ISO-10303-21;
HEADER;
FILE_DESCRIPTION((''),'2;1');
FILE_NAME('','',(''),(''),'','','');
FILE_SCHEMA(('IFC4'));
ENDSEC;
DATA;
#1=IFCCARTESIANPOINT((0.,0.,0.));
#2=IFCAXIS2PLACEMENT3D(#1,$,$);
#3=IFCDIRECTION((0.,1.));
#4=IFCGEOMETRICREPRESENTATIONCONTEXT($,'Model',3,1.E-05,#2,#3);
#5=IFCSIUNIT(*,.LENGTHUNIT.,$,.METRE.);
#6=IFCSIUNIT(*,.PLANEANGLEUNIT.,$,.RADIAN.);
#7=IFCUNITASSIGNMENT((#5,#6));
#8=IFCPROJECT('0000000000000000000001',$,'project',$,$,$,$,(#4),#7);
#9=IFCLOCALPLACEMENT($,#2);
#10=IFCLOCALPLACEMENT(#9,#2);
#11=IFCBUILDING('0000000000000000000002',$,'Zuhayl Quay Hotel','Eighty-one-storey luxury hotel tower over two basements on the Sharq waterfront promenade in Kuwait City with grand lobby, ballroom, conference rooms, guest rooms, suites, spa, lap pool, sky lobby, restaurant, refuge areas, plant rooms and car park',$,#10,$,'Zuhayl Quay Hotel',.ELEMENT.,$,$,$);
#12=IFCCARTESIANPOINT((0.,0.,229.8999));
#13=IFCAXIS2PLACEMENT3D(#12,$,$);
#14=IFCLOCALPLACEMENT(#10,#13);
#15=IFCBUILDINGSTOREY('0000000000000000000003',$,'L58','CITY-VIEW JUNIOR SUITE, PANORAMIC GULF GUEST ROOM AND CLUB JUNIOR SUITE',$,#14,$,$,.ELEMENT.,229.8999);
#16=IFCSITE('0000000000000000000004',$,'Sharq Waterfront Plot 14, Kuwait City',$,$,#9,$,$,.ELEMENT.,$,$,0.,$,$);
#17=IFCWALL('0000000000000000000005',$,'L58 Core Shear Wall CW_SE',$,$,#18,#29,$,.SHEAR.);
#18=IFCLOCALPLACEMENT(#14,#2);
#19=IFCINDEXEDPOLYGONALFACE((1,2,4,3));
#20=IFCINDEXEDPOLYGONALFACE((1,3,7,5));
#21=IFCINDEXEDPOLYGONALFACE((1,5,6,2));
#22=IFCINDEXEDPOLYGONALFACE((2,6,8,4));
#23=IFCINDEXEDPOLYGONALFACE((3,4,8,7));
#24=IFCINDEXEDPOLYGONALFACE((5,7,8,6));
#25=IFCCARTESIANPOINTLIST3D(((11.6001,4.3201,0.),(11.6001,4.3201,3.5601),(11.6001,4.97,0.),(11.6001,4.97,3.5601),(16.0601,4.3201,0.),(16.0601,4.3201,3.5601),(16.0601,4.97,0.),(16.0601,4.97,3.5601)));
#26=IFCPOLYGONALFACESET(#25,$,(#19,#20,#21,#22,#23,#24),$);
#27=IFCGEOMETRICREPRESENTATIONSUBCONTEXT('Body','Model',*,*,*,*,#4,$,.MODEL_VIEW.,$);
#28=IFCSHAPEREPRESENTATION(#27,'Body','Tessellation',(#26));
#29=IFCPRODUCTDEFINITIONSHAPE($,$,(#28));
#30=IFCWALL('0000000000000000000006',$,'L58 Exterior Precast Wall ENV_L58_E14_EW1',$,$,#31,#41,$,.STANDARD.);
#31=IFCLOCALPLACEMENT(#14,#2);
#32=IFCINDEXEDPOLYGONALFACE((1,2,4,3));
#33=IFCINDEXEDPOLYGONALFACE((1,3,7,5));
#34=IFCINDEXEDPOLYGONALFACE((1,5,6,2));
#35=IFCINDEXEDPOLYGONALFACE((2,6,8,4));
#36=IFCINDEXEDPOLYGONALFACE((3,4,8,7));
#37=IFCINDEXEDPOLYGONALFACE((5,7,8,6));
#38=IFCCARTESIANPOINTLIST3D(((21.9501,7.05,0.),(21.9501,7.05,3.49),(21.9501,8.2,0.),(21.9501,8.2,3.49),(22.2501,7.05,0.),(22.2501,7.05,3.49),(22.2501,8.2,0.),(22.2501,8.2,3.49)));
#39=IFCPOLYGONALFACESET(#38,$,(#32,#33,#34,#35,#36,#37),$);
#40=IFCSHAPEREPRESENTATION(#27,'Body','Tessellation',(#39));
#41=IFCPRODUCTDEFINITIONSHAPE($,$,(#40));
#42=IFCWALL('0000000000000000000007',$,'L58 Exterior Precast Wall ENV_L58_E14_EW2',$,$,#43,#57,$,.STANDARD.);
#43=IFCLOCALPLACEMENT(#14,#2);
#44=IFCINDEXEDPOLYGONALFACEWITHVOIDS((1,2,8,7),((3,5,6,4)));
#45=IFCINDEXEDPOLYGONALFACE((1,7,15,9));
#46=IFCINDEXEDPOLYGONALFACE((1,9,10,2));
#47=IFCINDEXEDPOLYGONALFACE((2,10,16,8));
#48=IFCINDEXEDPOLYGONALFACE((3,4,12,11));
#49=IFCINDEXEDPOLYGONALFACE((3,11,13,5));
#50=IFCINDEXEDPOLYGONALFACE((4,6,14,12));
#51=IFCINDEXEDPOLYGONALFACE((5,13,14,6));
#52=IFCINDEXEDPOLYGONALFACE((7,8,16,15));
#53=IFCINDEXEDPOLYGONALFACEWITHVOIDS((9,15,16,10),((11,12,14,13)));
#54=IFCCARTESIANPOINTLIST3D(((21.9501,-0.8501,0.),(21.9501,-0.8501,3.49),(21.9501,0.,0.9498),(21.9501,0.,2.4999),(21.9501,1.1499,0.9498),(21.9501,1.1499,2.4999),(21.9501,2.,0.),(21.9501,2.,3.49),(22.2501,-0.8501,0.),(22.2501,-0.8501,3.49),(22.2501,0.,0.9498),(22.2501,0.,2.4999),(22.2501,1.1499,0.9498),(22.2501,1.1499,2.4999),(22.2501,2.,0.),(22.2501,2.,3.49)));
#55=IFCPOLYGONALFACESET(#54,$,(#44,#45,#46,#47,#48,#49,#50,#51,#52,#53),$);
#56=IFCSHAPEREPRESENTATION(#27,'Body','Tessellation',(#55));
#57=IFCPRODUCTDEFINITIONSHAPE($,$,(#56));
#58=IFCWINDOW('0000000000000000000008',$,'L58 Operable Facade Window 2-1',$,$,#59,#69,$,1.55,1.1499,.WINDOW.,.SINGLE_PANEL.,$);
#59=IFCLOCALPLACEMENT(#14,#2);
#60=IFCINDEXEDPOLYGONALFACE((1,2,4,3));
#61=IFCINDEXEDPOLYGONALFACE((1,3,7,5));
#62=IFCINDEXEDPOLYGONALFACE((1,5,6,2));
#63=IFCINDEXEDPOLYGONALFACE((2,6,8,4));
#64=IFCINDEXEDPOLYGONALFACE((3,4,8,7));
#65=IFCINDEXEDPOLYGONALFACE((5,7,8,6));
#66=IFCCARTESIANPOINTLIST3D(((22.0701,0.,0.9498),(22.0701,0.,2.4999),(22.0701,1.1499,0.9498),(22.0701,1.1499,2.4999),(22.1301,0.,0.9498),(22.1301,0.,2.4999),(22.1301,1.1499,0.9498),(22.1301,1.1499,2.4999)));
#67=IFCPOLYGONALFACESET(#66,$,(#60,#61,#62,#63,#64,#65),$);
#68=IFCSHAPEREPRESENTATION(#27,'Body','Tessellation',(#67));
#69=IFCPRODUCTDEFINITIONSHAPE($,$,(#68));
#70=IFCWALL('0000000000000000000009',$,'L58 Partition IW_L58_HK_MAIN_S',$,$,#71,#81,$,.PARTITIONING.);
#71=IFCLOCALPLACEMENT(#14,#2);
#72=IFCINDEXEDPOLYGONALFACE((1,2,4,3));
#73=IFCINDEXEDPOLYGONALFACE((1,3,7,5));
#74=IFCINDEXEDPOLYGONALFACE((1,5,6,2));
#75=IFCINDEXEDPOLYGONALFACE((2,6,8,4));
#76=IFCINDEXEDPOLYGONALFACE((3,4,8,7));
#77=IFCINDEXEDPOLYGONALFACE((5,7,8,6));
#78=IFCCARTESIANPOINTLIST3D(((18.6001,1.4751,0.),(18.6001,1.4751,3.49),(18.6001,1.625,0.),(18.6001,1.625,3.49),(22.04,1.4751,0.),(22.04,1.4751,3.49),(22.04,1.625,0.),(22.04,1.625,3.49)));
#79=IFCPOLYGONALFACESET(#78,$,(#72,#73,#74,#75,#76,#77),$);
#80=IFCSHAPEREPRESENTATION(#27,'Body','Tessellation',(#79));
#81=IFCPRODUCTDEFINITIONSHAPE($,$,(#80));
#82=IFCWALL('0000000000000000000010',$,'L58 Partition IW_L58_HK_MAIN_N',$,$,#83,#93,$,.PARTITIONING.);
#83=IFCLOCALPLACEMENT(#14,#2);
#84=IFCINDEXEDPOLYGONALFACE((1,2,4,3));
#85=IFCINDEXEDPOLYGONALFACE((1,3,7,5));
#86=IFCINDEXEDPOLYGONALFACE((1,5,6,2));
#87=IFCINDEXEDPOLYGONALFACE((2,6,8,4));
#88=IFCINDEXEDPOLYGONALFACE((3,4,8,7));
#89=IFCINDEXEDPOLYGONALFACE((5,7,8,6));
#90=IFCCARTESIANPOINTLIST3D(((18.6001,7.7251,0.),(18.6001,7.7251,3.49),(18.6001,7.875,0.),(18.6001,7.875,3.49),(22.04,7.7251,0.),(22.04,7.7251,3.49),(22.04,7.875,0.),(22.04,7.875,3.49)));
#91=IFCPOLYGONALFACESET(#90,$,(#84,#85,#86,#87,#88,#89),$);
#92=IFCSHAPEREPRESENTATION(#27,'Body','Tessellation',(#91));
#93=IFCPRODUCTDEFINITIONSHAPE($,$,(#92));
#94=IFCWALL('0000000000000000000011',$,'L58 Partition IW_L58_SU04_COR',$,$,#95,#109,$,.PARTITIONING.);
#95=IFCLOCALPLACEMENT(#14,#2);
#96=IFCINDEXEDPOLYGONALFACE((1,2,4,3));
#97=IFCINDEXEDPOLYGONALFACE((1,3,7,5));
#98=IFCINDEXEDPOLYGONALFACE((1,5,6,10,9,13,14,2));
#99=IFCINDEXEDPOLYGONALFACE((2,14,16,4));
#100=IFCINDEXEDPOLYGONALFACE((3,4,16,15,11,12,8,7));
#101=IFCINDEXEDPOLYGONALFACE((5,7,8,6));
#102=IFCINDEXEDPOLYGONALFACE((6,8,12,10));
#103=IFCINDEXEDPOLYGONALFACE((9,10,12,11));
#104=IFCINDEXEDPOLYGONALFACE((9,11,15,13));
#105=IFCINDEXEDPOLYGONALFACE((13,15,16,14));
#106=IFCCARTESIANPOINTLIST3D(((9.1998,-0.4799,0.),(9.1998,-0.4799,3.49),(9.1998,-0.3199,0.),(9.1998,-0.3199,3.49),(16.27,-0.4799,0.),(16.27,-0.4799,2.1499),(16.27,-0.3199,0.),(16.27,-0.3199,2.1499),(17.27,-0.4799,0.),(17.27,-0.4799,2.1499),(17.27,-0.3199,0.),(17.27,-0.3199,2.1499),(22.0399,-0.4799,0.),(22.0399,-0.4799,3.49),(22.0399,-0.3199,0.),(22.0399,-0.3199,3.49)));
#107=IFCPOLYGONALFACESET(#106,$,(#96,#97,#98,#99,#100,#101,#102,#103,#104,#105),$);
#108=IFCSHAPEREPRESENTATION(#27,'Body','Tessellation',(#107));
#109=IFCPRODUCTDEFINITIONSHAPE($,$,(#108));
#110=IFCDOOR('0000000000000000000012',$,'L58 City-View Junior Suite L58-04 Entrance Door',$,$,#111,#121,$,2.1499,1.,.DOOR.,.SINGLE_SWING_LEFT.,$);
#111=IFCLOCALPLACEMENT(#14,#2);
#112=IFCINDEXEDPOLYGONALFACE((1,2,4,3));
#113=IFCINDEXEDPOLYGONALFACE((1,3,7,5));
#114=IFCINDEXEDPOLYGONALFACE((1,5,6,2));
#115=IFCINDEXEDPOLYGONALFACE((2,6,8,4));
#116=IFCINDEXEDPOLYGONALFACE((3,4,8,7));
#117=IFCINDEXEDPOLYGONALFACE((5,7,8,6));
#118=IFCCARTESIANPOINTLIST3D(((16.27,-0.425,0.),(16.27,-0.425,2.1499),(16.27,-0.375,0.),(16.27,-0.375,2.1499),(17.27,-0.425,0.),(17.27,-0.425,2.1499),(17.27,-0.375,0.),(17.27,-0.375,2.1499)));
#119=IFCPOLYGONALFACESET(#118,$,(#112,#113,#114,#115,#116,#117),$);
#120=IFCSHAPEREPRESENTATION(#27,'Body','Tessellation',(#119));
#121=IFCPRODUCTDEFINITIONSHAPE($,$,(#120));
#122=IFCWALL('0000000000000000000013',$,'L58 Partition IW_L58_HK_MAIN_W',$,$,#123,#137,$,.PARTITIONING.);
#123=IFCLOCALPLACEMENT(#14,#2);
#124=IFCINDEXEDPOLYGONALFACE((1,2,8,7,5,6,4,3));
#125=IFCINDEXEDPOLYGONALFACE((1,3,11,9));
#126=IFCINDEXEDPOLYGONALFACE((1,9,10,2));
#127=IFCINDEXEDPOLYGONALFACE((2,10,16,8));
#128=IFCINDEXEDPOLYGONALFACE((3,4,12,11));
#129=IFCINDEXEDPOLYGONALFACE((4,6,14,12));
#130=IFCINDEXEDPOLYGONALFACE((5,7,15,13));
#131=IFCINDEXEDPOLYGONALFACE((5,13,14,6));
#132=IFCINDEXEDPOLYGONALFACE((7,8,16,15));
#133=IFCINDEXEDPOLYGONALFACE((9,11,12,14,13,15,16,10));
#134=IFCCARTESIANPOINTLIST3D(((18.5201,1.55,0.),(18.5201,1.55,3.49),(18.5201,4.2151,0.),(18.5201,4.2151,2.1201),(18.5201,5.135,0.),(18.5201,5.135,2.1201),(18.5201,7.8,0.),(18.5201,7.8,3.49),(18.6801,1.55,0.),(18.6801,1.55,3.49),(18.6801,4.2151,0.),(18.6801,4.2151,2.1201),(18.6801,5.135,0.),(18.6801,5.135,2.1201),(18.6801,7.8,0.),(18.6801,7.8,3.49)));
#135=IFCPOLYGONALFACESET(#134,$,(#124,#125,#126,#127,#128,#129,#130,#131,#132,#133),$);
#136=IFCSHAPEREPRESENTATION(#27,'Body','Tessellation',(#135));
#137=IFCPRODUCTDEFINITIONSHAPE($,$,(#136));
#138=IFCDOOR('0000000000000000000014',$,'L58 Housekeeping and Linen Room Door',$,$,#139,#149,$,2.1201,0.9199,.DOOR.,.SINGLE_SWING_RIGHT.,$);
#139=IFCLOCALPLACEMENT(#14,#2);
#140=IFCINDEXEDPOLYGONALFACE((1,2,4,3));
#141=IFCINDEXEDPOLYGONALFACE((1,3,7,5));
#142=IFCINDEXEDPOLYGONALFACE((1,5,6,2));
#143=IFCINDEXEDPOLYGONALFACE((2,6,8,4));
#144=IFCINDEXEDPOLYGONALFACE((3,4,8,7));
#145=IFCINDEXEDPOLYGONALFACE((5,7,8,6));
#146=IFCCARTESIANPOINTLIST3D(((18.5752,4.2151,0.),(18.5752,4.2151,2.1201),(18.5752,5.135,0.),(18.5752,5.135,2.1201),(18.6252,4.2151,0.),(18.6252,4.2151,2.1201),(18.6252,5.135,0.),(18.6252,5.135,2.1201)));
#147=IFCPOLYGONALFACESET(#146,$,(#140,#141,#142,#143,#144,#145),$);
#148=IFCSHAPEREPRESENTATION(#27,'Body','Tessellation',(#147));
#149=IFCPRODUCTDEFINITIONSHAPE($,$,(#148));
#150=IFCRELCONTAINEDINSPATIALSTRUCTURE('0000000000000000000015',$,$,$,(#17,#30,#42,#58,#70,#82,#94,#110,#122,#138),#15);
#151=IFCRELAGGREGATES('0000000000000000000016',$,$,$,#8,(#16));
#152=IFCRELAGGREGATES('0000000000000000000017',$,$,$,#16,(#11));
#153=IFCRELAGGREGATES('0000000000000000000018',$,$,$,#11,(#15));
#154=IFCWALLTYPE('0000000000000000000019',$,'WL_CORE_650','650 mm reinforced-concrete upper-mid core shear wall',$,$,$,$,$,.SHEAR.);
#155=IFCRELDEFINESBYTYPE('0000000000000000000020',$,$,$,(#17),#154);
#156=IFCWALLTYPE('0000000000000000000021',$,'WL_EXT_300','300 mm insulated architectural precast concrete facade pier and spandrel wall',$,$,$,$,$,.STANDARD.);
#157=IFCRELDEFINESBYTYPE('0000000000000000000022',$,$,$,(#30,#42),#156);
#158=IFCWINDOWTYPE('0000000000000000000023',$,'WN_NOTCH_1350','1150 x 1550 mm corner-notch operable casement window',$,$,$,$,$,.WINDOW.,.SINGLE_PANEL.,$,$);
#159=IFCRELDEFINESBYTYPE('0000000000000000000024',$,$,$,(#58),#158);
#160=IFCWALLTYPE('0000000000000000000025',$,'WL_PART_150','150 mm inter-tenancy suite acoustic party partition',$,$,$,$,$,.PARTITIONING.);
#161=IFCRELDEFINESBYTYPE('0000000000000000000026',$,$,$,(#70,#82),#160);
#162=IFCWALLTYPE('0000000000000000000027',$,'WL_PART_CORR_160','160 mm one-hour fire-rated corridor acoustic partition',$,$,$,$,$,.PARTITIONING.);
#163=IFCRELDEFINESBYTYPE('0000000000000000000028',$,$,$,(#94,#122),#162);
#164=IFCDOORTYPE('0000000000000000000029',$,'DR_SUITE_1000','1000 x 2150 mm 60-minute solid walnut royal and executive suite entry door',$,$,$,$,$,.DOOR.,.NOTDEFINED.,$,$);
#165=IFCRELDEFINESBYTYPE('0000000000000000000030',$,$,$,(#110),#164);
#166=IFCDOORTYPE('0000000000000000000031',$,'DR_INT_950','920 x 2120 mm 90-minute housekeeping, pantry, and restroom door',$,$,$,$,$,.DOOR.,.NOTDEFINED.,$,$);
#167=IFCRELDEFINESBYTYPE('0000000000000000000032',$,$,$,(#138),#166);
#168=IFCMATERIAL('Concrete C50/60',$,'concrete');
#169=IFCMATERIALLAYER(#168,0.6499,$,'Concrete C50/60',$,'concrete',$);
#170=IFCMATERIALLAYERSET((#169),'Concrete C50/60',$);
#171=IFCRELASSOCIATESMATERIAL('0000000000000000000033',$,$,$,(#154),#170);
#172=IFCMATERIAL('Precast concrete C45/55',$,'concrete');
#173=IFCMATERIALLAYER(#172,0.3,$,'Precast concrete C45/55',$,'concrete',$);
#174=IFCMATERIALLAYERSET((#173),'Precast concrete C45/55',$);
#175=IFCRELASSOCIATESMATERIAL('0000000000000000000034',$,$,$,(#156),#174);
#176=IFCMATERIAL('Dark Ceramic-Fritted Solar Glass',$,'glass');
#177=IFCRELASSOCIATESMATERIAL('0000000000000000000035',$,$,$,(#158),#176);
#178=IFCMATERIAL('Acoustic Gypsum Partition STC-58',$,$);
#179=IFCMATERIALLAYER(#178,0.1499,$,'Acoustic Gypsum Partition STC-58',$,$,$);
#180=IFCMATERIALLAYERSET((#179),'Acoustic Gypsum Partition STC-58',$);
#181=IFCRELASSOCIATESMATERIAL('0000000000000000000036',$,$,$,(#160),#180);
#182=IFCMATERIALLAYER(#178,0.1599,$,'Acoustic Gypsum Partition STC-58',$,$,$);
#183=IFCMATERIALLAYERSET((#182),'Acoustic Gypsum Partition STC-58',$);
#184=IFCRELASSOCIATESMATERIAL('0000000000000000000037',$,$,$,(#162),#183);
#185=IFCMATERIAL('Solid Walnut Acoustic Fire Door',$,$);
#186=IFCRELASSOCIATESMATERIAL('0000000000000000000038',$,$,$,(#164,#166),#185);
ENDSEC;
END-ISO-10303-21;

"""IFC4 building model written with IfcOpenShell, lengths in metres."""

from ifc_helpers import new_model, si_unit, direction, frame, frame_2d, origin, place, context, subcontext, project, spatial, rectangle, extrude, material, layer, layer_set, type_object, element, fill, save


model = new_model("IFC4")

# Units and contexts
model_context = context("Model", 3, precision=1e-05, world=origin(), true_north=direction((0.0, 1.0)))
body_context = subcontext(model_context, "Body", "Model", "MODEL_VIEW")
ifc_project = project(units=[si_unit("LENGTHUNIT", "METRE"), si_unit("PLANEANGLEUNIT", "RADIAN")], contexts=[model_context])

# Site, building, storey
site_placement = place(None, origin())
site = spatial("IfcSite", under=ifc_project, at=site_placement, Name="Sharq Waterfront Plot 14, Kuwait City", CompositionType="ELEMENT", RefElevation=0.0)
building_placement = place(site_placement, origin())
building = spatial("IfcBuilding", under=site, at=building_placement, Name="Zuhayl Quay Hotel", Description="Eighty-one-storey luxury hotel tower over two basements on the Sharq waterfront promenade in Kuwait City with grand lobby, ballroom, conference rooms, guest rooms, suites, spa, lap pool, sky lobby, restaurant, refuge areas, plant rooms and car park", LongName="Zuhayl Quay Hotel", CompositionType="ELEMENT")
storey_placement = place(building_placement, frame((0.0, 0.0, 229.8999)))
storey = spatial("IfcBuildingStorey", under=building, at=storey_placement, Name="L58", Description="CITY-VIEW JUNIOR SUITE, PANORAMIC GULF GUEST ROOM AND CLUB JUNIOR SUITE", CompositionType="ELEMENT", Elevation=229.8999)

# Shared definitions
ifc_material_1 = material(Name="Dark Ceramic-Fritted Solar Glass", Category="glass")

# Walls
ifc_material_2 = material(Name="Concrete C50/60", Category="concrete")
ifc_layer_1 = layer(ifc_material_2, 0.6499, Name="Concrete C50/60", Category="concrete")
ifc_layer_set_1 = layer_set([ifc_layer_1], Name="Concrete C50/60")
wall_type_1 = type_object("IfcWallType", Name="WL_CORE_650", Description="650 mm reinforced-concrete upper-mid core shear wall", PredefinedType="SHEAR", material=ifc_layer_set_1)
wall_1_placement = place(storey_placement, frame((11.6001, 4.645, 0.0), z_axis=(0.0, 0.0, 1.0), x_axis=(1.0, 0.0, 0.0)))
element("IfcWall", 1, at=wall_1_placement, inside=storey, type_object=wall_type_1, Name="L58 Core Shear Wall CW_SE", PredefinedType="SHEAR", context=body_context, shape_type="SweptSolid", body=[
    extrude(rectangle(XDim=4.46, YDim=0.6499, at=frame_2d((2.23, 0.0))), origin(), (0.0, 0.0, 1.0), 3.5601),
])
ifc_material_3 = material(Name="Precast concrete C45/55", Category="concrete")
ifc_layer_2 = layer(ifc_material_3, 0.3, Name="Precast concrete C45/55", Category="concrete")
ifc_layer_set_2 = layer_set([ifc_layer_2], Name="Precast concrete C45/55")
wall_type_2 = type_object("IfcWallType", Name="WL_EXT_300", Description="300 mm insulated architectural precast concrete facade pier and spandrel wall", PredefinedType="STANDARD", material=ifc_layer_set_2)
wall_2_placement = place(storey_placement, frame((22.1001, 8.2, 0.0), z_axis=(0.0, 0.0, 1.0), x_axis=(0.0, -1.0, 0.0)))
element("IfcWall", 2, at=wall_2_placement, inside=storey, type_object=wall_type_2, Name="L58 Exterior Precast Wall ENV_L58_E14_EW1", PredefinedType="STANDARD", context=body_context, shape_type="SweptSolid", body=[
    extrude(rectangle(XDim=1.1499, YDim=0.3, at=frame_2d((0.575, 0.0))), origin(), (0.0, 0.0, 1.0), 3.49),
])

# Wall, opening, window
wall_3_placement = place(storey_placement, frame((22.1001, 2.0, 0.0), z_axis=(0.0, 0.0, 1.0), x_axis=(0.0, -1.0, 0.0)))
wall_3 = element("IfcWall", 3, at=wall_3_placement, inside=storey, type_object=wall_type_2, Name="L58 Exterior Precast Wall ENV_L58_E14_EW2", PredefinedType="STANDARD", context=body_context, shape_type="SweptSolid", body=[
    extrude(rectangle(XDim=2.8501, YDim=0.3, at=frame_2d((1.425, 0.0))), origin(), (0.0, 0.0, 1.0), 3.49),
])
opening_1_placement = place(wall_3_placement, frame((0.8501, 0.0, 0.95)))
opening_1 = element("IfcOpeningElement", 4, at=opening_1_placement, cuts=wall_3, PredefinedType="OPENING", context=body_context, shape_type="SweptSolid", body=[
    extrude(rectangle(XDim=1.1499, YDim=1.55, at=frame_2d((0.575, 0.7749))), frame((0.0, 0.1599, 0.0), z_axis=(0.0, -1.0, 0.0), x_axis=(1.0, 0.0, 0.0)), (0.0, 0.0, 1.0), 0.3201),
])
window_type = type_object("IfcWindowType", Name="WN_NOTCH_1350", Description="1150 x 1550 mm corner-notch operable casement window", PartitioningType="SINGLE_PANEL", PredefinedType="WINDOW", material=ifc_material_1)
window_placement = place(opening_1_placement, origin())
window = element("IfcWindow", 5, at=window_placement, inside=storey, type_object=window_type, Name="L58 Operable Facade Window 2-1", OverallHeight=1.55, OverallWidth=1.1499, PartitioningType="SINGLE_PANEL", PredefinedType="WINDOW", context=body_context, shape_type="SweptSolid", body=[
    extrude(rectangle(XDim=1.1499, YDim=1.55, at=frame_2d((0.575, 0.7749))), frame((0.0, 0.03, 0.0), z_axis=(0.0, -1.0, 0.0), x_axis=(1.0, 0.0, 0.0)), (0.0, 0.0, 1.0), 0.0601),
])
fill(opening_1, window)

# Walls
ifc_material_4 = material(Name="Acoustic Gypsum Partition STC-58")
ifc_layer_3 = layer(ifc_material_4, 0.1499, Name="Acoustic Gypsum Partition STC-58")
ifc_layer_set_3 = layer_set([ifc_layer_3], Name="Acoustic Gypsum Partition STC-58")
wall_type_3 = type_object("IfcWallType", Name="WL_PART_150", Description="150 mm inter-tenancy suite acoustic party partition", PredefinedType="PARTITIONING", material=ifc_layer_set_3)
for number, where, z_axis, x_axis, name in (
    (6, (18.6001, 1.55, 0.0), (0.0, 0.0, 1.0), (1.0, 0.0, 0.0), "L58 Partition IW_L58_HK_MAIN_S"),
    (7, (18.6001, 7.8, 0.0), (0.0, 0.0, 1.0), (1.0, 0.0, 0.0), "L58 Partition IW_L58_HK_MAIN_N"),
):
    element("IfcWall", number, at=place(storey_placement, frame(where, z_axis=z_axis, x_axis=x_axis)), inside=storey, type_object=wall_type_3, Name=name, PredefinedType="PARTITIONING", context=body_context, shape_type="SweptSolid", body=[
        extrude(rectangle(XDim=3.4399, YDim=0.1499, at=frame_2d((1.72, 0.0))), origin(), (0.0, 0.0, 1.0), 3.49),
    ])

# Walls, openings, doors
ifc_layer_4 = layer(ifc_material_4, 0.1599, Name="Acoustic Gypsum Partition STC-58")
ifc_layer_set_4 = layer_set([ifc_layer_4], Name="Acoustic Gypsum Partition STC-58")
wall_type_4 = type_object("IfcWallType", Name="WL_PART_CORR_160", Description="160 mm one-hour fire-rated corridor acoustic partition", PredefinedType="PARTITIONING", material=ifc_layer_set_4)
wall_4_placement = place(storey_placement, frame((9.2, -0.3999, 0.0), z_axis=(0.0, 0.0, 1.0), x_axis=(1.0, 0.0, 0.0)))
wall_4 = element("IfcWall", 8, at=wall_4_placement, inside=storey, type_object=wall_type_4, Name="L58 Partition IW_L58_SU04_COR", PredefinedType="PARTITIONING", context=body_context, shape_type="SweptSolid", body=[
    extrude(rectangle(XDim=12.8401, YDim=0.1599, at=frame_2d((6.4199, 0.0))), origin(), (0.0, 0.0, 1.0), 3.49),
])
opening_2_placement = place(wall_4_placement, frame((7.0701, 0.0, 0.0)))
opening_2 = element("IfcOpeningElement", 9, at=opening_2_placement, cuts=wall_4, PredefinedType="OPENING", context=body_context, shape_type="SweptSolid", body=[
    extrude(rectangle(XDim=1.0, YDim=2.1499, at=frame_2d((0.5, 1.075))), frame((0.0, 0.0898, 0.0), z_axis=(0.0, -1.0, 0.0), x_axis=(1.0, 0.0, 0.0)), (0.0, 0.0, 1.0), 0.1799),
])
ifc_material_5 = material(Name="Solid Walnut Acoustic Fire Door")
door_type_1 = type_object("IfcDoorType", Name="DR_SUITE_1000", Description="1000 x 2150 mm 60-minute solid walnut royal and executive suite entry door", OperationType="NOTDEFINED", PredefinedType="DOOR", material=ifc_material_5)
door_1_placement = place(opening_2_placement, origin())
door_1 = element("IfcDoor", 10, at=door_1_placement, inside=storey, type_object=door_type_1, Name="L58 City-View Junior Suite L58-04 Entrance Door", OperationType="SINGLE_SWING_LEFT", OverallHeight=2.1499, OverallWidth=1.0, PredefinedType="DOOR", context=body_context, shape_type="SweptSolid", body=[
    extrude(rectangle(XDim=1.0, YDim=2.1499, at=frame_2d((0.5, 1.075))), frame((0.0, 0.0249, 0.0), z_axis=(0.0, -1.0, 0.0), x_axis=(1.0, 0.0, 0.0)), (0.0, 0.0, 1.0), 0.05),
])
fill(opening_2, door_1)
wall_5_placement = place(storey_placement, frame((18.6001, 1.55, 0.0), z_axis=(0.0, 0.0, 1.0), x_axis=(0.0, 1.0, 0.0)))
wall_5 = element("IfcWall", 11, at=wall_5_placement, inside=storey, type_object=wall_type_4, Name="L58 Partition IW_L58_HK_MAIN_W", PredefinedType="PARTITIONING", context=body_context, shape_type="SweptSolid", body=[
    extrude(rectangle(XDim=6.25, YDim=0.1599, at=frame_2d((3.125, 0.0))), origin(), (0.0, 0.0, 1.0), 3.49),
])
opening_3_placement = place(wall_5_placement, frame((2.665, 0.0, 0.0)))
opening_3 = element("IfcOpeningElement", 12, at=opening_3_placement, cuts=wall_5, PredefinedType="OPENING", context=body_context, shape_type="SweptSolid", body=[
    extrude(rectangle(XDim=0.9199, YDim=2.1201, at=frame_2d((0.46, 1.0601))), frame((0.0, 0.0898, 0.0), z_axis=(0.0, -1.0, 0.0), x_axis=(1.0, 0.0, 0.0)), (0.0, 0.0, 1.0), 0.1799),
])
door_type_2 = type_object("IfcDoorType", Name="DR_INT_950", Description="920 x 2120 mm 90-minute housekeeping, pantry, and restroom door", OperationType="NOTDEFINED", PredefinedType="DOOR", material=ifc_material_5)
door_2_placement = place(opening_3_placement, origin())
door_2 = element("IfcDoor", 13, at=door_2_placement, inside=storey, type_object=door_type_2, Name="L58 Housekeeping and Linen Room Door", OperationType="SINGLE_SWING_RIGHT", OverallHeight=2.1201, OverallWidth=0.9199, PredefinedType="DOOR", context=body_context, shape_type="SweptSolid", body=[
    extrude(rectangle(XDim=0.9199, YDim=2.1201, at=frame_2d((0.46, 1.0601))), frame((0.0, 0.0249, 0.0), z_axis=(0.0, -1.0, 0.0), x_axis=(1.0, 0.0, 0.0)), (0.0, 0.0, 1.0), 0.05),
])
fill(opening_3, door_2)

save(model, "model.ifc")
